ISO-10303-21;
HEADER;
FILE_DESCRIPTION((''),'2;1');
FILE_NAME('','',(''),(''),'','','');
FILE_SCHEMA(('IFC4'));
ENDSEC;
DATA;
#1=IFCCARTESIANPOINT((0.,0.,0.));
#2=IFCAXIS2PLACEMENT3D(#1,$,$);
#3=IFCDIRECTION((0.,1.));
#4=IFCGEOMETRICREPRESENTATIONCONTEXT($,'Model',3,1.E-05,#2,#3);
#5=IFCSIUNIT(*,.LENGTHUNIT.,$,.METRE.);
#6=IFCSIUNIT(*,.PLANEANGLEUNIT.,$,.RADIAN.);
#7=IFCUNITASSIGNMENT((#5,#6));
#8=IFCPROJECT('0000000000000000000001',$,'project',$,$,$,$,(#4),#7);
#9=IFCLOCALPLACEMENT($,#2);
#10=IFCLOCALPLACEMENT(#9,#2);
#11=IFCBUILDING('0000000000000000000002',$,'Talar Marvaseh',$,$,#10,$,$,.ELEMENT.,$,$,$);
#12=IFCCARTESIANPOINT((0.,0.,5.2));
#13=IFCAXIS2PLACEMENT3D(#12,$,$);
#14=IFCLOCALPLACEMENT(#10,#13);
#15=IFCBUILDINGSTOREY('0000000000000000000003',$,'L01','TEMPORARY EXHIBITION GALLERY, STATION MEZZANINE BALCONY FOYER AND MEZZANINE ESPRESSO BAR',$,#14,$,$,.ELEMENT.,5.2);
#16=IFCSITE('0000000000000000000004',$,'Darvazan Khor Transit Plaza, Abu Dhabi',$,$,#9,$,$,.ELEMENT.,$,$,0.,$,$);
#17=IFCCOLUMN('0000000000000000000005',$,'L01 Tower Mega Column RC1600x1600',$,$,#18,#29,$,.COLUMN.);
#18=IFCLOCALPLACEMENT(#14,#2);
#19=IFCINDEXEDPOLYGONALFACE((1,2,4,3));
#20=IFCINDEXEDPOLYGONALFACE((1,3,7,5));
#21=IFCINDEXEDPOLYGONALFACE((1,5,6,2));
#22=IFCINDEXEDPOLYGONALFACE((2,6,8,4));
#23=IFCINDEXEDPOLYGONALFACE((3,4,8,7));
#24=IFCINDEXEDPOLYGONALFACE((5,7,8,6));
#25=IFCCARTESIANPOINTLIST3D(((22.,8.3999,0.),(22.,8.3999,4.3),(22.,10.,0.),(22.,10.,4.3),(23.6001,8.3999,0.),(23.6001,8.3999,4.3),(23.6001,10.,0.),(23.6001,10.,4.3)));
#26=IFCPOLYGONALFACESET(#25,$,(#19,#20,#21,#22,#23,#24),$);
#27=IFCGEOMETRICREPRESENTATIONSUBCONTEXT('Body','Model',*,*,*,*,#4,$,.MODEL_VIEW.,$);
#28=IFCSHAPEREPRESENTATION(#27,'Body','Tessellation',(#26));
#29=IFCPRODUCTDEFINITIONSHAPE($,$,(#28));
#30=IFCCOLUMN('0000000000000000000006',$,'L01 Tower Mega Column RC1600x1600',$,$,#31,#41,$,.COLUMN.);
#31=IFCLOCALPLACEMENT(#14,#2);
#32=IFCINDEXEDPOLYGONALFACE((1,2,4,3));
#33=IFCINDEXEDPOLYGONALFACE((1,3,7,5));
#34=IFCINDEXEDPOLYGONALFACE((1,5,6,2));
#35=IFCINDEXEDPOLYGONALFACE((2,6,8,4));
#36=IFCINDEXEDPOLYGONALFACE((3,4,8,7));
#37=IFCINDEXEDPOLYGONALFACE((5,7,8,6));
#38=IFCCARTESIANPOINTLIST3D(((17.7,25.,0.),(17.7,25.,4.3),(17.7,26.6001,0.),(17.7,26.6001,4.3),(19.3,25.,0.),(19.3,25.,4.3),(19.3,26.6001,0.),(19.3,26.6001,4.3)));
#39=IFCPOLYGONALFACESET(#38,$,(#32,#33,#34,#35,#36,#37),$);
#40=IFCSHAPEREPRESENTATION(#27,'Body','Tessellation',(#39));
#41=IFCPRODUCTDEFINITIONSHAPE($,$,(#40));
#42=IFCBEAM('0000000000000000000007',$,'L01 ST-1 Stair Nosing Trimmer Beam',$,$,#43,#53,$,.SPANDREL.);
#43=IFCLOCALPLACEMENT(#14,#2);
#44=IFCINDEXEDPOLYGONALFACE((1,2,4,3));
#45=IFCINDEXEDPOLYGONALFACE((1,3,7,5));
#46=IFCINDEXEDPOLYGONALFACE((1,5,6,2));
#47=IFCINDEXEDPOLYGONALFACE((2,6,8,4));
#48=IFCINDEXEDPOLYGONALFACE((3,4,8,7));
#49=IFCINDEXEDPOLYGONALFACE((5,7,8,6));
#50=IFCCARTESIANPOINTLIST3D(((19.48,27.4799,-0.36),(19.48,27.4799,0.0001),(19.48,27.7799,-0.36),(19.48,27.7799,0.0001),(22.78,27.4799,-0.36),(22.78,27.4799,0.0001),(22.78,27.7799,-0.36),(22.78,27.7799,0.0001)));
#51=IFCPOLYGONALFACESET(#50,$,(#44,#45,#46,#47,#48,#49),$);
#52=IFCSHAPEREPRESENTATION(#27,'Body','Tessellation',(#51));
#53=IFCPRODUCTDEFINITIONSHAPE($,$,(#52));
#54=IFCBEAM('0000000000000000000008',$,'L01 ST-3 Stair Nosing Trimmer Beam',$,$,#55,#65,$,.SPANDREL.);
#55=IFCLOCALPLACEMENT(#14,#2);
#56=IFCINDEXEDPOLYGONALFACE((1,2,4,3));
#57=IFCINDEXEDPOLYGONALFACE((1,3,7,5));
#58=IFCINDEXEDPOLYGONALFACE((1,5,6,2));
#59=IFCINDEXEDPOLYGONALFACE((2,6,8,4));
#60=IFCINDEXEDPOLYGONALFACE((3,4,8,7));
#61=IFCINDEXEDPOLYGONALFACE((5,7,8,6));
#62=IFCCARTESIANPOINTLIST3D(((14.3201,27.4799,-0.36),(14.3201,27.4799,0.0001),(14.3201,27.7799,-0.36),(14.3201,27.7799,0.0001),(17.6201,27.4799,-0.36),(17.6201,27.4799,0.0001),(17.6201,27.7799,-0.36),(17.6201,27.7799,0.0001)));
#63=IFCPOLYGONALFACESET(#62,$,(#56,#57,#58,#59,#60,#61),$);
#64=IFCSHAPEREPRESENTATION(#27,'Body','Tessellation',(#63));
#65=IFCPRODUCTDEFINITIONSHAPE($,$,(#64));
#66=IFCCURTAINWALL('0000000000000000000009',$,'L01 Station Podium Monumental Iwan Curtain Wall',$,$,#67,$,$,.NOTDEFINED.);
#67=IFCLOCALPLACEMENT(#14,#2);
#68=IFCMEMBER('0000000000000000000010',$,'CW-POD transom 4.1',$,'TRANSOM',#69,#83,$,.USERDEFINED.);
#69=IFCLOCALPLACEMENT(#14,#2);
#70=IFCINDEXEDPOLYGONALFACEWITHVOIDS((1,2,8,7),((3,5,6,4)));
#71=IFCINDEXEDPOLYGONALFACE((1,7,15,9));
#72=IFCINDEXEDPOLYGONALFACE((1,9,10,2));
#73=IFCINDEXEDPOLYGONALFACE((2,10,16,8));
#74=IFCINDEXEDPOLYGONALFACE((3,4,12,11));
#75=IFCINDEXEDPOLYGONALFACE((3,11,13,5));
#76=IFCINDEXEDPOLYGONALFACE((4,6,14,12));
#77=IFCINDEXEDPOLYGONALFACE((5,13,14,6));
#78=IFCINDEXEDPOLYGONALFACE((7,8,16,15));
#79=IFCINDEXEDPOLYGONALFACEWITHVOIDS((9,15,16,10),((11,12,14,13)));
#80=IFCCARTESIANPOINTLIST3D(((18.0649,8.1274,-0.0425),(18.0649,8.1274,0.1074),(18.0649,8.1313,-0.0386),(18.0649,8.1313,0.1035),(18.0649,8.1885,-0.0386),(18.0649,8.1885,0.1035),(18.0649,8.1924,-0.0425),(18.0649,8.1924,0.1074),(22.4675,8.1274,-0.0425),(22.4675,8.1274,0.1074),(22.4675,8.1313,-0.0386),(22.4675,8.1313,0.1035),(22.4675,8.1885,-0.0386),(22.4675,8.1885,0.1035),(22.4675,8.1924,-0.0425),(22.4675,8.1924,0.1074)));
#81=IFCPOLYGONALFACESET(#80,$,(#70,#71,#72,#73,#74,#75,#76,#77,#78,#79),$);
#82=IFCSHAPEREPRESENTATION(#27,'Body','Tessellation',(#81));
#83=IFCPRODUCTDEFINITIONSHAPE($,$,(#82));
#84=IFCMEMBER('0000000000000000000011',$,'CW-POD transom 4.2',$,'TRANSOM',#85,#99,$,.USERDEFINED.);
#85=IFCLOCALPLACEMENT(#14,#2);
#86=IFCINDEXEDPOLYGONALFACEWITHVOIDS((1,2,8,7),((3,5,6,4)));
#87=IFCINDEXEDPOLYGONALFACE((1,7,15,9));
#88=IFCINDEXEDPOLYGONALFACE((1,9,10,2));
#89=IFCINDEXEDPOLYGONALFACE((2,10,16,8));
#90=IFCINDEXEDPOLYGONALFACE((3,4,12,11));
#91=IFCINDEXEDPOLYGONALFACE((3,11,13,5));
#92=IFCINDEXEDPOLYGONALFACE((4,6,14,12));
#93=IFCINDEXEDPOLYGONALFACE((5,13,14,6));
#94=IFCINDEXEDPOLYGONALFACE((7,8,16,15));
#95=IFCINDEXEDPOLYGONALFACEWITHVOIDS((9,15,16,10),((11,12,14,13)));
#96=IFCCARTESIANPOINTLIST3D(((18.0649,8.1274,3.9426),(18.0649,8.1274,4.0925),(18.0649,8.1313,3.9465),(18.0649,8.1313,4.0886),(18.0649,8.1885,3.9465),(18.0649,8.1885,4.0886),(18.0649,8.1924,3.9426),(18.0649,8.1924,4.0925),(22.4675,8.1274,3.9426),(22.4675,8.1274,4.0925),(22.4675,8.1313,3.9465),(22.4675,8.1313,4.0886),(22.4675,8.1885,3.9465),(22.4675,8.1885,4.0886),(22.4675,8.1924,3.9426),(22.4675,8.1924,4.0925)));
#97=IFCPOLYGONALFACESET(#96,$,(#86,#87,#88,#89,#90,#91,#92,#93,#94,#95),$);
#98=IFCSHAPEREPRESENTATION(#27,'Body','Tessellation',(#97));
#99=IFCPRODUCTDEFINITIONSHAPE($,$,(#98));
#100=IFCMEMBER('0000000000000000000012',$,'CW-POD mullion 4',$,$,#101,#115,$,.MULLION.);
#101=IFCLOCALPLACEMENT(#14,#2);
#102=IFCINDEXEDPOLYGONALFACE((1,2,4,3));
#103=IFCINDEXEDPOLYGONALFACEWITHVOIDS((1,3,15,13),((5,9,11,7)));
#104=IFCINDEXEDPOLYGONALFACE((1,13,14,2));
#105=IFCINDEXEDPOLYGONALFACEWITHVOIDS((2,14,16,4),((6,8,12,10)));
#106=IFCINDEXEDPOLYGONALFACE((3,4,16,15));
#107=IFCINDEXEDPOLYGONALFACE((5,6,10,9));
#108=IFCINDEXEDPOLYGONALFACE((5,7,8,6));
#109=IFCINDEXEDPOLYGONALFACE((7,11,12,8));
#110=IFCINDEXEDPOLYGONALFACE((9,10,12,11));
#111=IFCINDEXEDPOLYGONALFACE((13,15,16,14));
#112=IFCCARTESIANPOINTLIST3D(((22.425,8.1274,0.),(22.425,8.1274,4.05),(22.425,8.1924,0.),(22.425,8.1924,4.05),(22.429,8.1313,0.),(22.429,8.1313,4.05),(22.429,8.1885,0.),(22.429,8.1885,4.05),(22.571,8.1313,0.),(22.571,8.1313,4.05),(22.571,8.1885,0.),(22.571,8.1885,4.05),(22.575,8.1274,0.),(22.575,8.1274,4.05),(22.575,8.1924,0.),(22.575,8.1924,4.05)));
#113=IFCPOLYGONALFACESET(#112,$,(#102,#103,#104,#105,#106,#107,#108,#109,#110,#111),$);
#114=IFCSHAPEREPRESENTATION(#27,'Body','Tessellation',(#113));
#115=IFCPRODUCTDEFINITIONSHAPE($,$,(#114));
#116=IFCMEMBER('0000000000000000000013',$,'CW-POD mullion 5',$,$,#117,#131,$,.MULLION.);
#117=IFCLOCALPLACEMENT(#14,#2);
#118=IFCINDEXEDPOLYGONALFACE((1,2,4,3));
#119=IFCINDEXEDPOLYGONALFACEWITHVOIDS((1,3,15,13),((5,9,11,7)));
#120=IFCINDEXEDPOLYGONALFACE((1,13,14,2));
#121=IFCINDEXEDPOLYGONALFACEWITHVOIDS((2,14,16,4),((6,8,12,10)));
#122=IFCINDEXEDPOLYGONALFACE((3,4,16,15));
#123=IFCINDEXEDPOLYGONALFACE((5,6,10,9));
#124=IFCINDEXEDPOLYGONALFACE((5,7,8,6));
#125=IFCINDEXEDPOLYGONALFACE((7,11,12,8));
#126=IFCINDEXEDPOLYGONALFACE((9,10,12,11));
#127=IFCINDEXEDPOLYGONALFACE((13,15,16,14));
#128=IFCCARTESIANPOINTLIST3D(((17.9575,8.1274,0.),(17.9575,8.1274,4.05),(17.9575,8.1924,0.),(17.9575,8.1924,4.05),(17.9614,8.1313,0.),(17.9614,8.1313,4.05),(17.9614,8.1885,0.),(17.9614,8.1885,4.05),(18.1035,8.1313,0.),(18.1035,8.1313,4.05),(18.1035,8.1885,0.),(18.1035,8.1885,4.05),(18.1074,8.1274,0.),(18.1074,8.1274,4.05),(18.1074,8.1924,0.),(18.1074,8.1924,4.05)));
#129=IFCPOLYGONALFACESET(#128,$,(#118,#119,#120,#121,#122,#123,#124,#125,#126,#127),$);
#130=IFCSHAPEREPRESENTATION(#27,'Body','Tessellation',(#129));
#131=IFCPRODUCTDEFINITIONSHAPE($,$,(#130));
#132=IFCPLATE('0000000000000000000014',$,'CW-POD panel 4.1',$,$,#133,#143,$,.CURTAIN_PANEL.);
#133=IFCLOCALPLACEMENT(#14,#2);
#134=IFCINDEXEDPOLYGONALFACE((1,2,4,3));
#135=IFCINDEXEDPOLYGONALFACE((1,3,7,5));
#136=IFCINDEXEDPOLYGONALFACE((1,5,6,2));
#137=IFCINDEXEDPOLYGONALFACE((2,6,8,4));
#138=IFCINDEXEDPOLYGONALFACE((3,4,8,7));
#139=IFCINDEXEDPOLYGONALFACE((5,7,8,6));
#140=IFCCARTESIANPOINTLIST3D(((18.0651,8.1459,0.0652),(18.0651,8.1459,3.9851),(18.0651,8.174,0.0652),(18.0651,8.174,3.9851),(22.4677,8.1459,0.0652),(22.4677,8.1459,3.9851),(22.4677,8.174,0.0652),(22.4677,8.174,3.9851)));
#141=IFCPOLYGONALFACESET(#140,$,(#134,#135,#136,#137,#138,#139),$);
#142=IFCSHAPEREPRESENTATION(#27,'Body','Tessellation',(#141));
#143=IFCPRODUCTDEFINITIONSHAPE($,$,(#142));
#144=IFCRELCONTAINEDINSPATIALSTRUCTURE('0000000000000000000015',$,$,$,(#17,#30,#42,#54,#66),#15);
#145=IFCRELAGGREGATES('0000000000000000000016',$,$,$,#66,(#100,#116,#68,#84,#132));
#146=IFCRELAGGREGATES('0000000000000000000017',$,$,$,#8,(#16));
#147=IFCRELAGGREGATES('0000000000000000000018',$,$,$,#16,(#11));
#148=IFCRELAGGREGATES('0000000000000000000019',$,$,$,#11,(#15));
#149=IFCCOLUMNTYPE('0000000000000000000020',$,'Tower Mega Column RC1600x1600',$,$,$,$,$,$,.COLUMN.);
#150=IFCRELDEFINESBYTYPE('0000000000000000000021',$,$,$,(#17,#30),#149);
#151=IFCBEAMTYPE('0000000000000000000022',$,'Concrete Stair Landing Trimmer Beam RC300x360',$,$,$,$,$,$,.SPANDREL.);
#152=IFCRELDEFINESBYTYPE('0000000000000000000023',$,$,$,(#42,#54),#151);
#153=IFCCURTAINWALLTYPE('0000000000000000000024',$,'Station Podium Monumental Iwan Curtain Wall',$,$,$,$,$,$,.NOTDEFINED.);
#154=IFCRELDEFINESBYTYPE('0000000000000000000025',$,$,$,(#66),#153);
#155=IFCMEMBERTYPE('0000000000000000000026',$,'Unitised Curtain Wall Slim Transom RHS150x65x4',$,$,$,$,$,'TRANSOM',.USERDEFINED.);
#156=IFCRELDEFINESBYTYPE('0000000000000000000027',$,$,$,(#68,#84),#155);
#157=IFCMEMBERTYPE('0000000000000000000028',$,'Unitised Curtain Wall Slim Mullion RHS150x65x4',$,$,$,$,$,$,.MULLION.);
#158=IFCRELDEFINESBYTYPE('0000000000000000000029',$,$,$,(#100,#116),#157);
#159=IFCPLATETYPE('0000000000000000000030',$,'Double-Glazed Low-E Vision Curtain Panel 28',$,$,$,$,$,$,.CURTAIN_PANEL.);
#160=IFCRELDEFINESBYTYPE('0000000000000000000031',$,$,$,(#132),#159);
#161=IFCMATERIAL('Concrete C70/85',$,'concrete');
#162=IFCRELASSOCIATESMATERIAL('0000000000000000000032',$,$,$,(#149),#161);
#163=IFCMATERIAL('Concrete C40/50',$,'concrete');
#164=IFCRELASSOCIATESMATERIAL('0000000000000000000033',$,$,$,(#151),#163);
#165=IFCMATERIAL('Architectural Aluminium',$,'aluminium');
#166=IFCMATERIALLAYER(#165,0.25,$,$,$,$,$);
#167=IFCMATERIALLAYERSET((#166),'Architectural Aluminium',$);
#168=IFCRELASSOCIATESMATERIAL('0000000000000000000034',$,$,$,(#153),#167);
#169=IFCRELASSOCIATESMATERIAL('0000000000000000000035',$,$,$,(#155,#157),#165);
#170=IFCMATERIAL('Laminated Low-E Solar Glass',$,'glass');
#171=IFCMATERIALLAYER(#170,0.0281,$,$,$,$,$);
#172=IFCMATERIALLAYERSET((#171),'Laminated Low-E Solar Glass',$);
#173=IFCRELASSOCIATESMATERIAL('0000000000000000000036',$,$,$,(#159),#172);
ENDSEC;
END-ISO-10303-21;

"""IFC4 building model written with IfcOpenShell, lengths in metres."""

from ifc_helpers import new_model, si_unit, direction, frame, origin, origin_2d, place, context, subcontext, project, spatial, rectangle, hollow_rectangle, extrude, source, transform, mapped, material, layer, layer_set, material_profile, profile_set, type_object, type_shapes, element, aggregate, save


model = new_model("IFC4")

# Units and contexts
model_context = context("Model", 3, precision=1e-05, world=origin(), true_north=direction((0.0, 1.0)))
body_context = subcontext(model_context, "Body", "Model", "MODEL_VIEW")
ifc_project = project(units=[si_unit("LENGTHUNIT", "METRE"), si_unit("PLANEANGLEUNIT", "RADIAN")], contexts=[model_context])

# Site, building, storey
site_placement = place(None, origin())
site = spatial("IfcSite", under=ifc_project, at=site_placement, Name="Darvazan Khor Transit Plaza, Abu Dhabi", CompositionType="ELEMENT", RefElevation=0.0)
building_placement = place(site_placement, origin())
building = spatial("IfcBuilding", under=site, at=building_placement, Name="Talar Marvaseh", CompositionType="ELEMENT")
storey_placement = place(building_placement, frame((0.0, 0.0, 5.2)))
storey = spatial("IfcBuildingStorey", under=building, at=storey_placement, Name="L01", Description="TEMPORARY EXHIBITION GALLERY, STATION MEZZANINE BALCONY FOYER AND MEZZANINE ESPRESSO BAR", CompositionType="ELEMENT", Elevation=5.2)

# Columns
ifc_material_1 = material(Name="Concrete C70/85", Category="concrete")
ifc_material_profile_1 = material_profile(ifc_material_1, rectangle(XDim=1.6001, YDim=1.6001, at=origin_2d()), Name="RC1600x1600")
ifc_profile_set_1 = profile_set([ifc_material_profile_1], Name="Concrete C70/85")
column_type = type_object("IfcColumnType", Name="Tower Mega Column RC1600x1600", PredefinedType="COLUMN", material=ifc_profile_set_1)
for number, where, z_axis, x_axis, name in (
    (1, (22.8, 9.2, 0.0), (0.0, 0.0, 1.0), (1.0, 0.0, 0.0), "L01 Tower Mega Column RC1600x1600"),
    (2, (18.5, 25.8, 0.0), (0.0, 0.0, 1.0), (1.0, 0.0, 0.0), "L01 Tower Mega Column RC1600x1600"),
):
    element("IfcColumn", number, at=place(storey_placement, frame(where, z_axis=z_axis, x_axis=x_axis)), inside=storey, type_object=column_type, Name=name, PredefinedType="COLUMN", context=body_context, shape_type="SweptSolid", body=[
        extrude(rectangle(XDim=1.6001, YDim=1.6001, at=origin_2d()), origin(), (0.0, 0.0, 1.0), 4.3),
    ])

# Beams
ifc_material_2 = material(Name="Concrete C40/50", Category="concrete")
ifc_material_profile_2 = material_profile(ifc_material_2, rectangle(XDim=0.3, YDim=0.3601, at=origin_2d()), Name="RC300x360")
ifc_profile_set_2 = profile_set([ifc_material_profile_2], Name="Concrete C40/50")
beam_type = type_object("IfcBeamType", Name="Concrete Stair Landing Trimmer Beam RC300x360", PredefinedType="SPANDREL", material=ifc_profile_set_2)
for number, where, z_axis, x_axis, name in (
    (3, (22.78, 27.6299, -0.1799), (-1.0, 0.0, 0.0), (0.0, -1.0, 0.0), "L01 ST-1 Stair Nosing Trimmer Beam"),
    (4, (17.6201, 27.6299, -0.1799), (-1.0, 0.0, 0.0), (0.0, -1.0, 0.0), "L01 ST-3 Stair Nosing Trimmer Beam"),
):
    element("IfcBeam", number, at=place(storey_placement, frame(where, z_axis=z_axis, x_axis=x_axis)), inside=storey, type_object=beam_type, Name=name, PredefinedType="SPANDREL", context=body_context, shape_type="SweptSolid", body=[
        extrude(rectangle(XDim=0.3, YDim=0.3601, at=origin_2d()), origin(), (0.0, 0.0, 1.0), 3.3),
    ])

# Curtain wall, members, plate
ifc_material_3 = material(Name="Architectural Aluminium", Category="aluminium")
ifc_layer_1 = layer(ifc_material_3, 0.25)
ifc_layer_set_1 = layer_set([ifc_layer_1], Name="Architectural Aluminium")
curtain_wall_type = type_object("IfcCurtainWallType", Name="Station Podium Monumental Iwan Curtain Wall", PredefinedType="NOTDEFINED", material=ifc_layer_set_1)
curtain_wall_placement = place(storey_placement, origin())
curtain_wall = element("IfcCurtainWall", 5, at=curtain_wall_placement, inside=storey, type_object=curtain_wall_type, Name="L01 Station Podium Monumental Iwan Curtain Wall", PredefinedType="NOTDEFINED")
ifc_material_profile_3 = material_profile(ifc_material_3, hollow_rectangle(XDim=0.0649, YDim=0.1499, WallThickness=0.0039, at=origin_2d()), Name="RHS150x65x4")
ifc_profile_set_3 = profile_set([ifc_material_profile_3], Name="Architectural Aluminium")
member_type_1 = type_object("IfcMemberType", Name="Unitised Curtain Wall Slim Transom RHS150x65x4", ElementType="TRANSOM", PredefinedType="USERDEFINED", material=ifc_profile_set_3)
shared_shape_1 = source(origin(), body_context, "Body", "SweptSolid", [
    extrude(hollow_rectangle(XDim=0.0649, YDim=0.1499, WallThickness=0.0039, at=origin_2d()), origin(), (0.0, 0.0, 1.0), 4.4026),
])
type_shapes(member_type_1, [shared_shape_1])
member_1_placement = place(storey_placement, frame((22.4675, 8.1599, 0.0325), z_axis=(-1.0, 0.0, 0.0), x_axis=(0.0, -1.0, 0.0)))
member_1 = element("IfcMember", 6, at=member_1_placement, type_object=member_type_1, Name="CW-POD transom 4.1", ObjectType="TRANSOM", PredefinedType="USERDEFINED", context=body_context, shape_type="MappedRepresentation", body=[
    mapped(shared_shape_1, transform((0.0, 0.0, 0.0), x_axis=(1.0, 0.0, 0.0), y_axis=(0.0, 1.0, 0.0), z_axis=(0.0, 0.0, 1.0), scale=1.0)),
])
member_2_placement = place(storey_placement, frame((22.4675, 8.1599, 4.0176), z_axis=(-1.0, 0.0, 0.0), x_axis=(0.0, -1.0, 0.0)))
member_2 = element("IfcMember", 7, at=member_2_placement, type_object=member_type_1, Name="CW-POD transom 4.2", ObjectType="TRANSOM", PredefinedType="USERDEFINED", context=body_context, shape_type="MappedRepresentation", body=[
    mapped(shared_shape_1, transform((0.0, 0.0, 0.0), x_axis=(1.0, 0.0, 0.0), y_axis=(0.0, 1.0, 0.0), z_axis=(0.0, 0.0, 1.0), scale=1.0)),
])
ifc_material_profile_4 = material_profile(ifc_material_3, hollow_rectangle(XDim=0.0649, YDim=0.1499, WallThickness=0.0039, at=origin_2d()), Name="RHS150x65x4")
ifc_profile_set_4 = profile_set([ifc_material_profile_4], Name="Architectural Aluminium")
member_type_2 = type_object("IfcMemberType", Name="Unitised Curtain Wall Slim Mullion RHS150x65x4", PredefinedType="MULLION", material=ifc_profile_set_4)
shared_shape_2 = source(origin(), body_context, "Body", "SweptSolid", [
    extrude(hollow_rectangle(XDim=0.0649, YDim=0.1499, WallThickness=0.0039, at=origin_2d()), origin(), (0.0, 0.0, 1.0), 4.05),
])
type_shapes(member_type_2, [shared_shape_2])
member_3_placement = place(storey_placement, frame((22.5, 8.1599, 0.0), z_axis=(0.0, 0.0, 1.0), x_axis=(0.0, -1.0, 0.0)))
member_3 = element("IfcMember", 8, at=member_3_placement, type_object=member_type_2, Name="CW-POD mullion 4", PredefinedType="MULLION", context=body_context, shape_type="MappedRepresentation", body=[
    mapped(shared_shape_2, transform((0.0, 0.0, 0.0), x_axis=(1.0, 0.0, 0.0), y_axis=(0.0, 1.0, 0.0), z_axis=(0.0, 0.0, 1.0), scale=1.0)),
])
member_4_placement = place(storey_placement, frame((18.0325, 8.1599, 0.0), z_axis=(0.0, 0.0, 1.0), x_axis=(0.0, -1.0, 0.0)))
member_4 = element("IfcMember", 9, at=member_4_placement, type_object=member_type_2, Name="CW-POD mullion 5", PredefinedType="MULLION", context=body_context, shape_type="MappedRepresentation", body=[
    mapped(shared_shape_2, transform((0.0, 0.0, 0.0), x_axis=(1.0, 0.0, 0.0), y_axis=(0.0, 1.0, 0.0), z_axis=(0.0, 0.0, 1.0), scale=1.0)),
])
ifc_material_4 = material(Name="Laminated Low-E Solar Glass", Category="glass")
ifc_layer_2 = layer(ifc_material_4, 0.0281)
ifc_layer_set_2 = layer_set([ifc_layer_2], Name="Laminated Low-E Solar Glass")
plate_type = type_object("IfcPlateType", Name="Double-Glazed Low-E Vision Curtain Panel 28", PredefinedType="CURTAIN_PANEL", material=ifc_layer_set_2)
shared_shape_3 = source(origin(), body_context, "Body", "SweptSolid", [
    extrude(rectangle(XDim=4.4026, YDim=0.0281, at=origin_2d()), origin(), (0.0, 0.0, 1.0), 3.9199),
])
type_shapes(plate_type, [shared_shape_3])
plate_placement = place(storey_placement, frame((20.2664, 8.1599, 0.0652), z_axis=(0.0, 0.0, 1.0), x_axis=(-1.0, 0.0, 0.0)))
plate = element("IfcPlate", 10, at=plate_placement, type_object=plate_type, Name="CW-POD panel 4.1", PredefinedType="CURTAIN_PANEL", context=body_context, shape_type="MappedRepresentation", body=[
    mapped(shared_shape_3, transform((0.0, 0.0, 0.0), x_axis=(1.0, 0.0, 0.0), y_axis=(0.0, 1.0, 0.0), z_axis=(0.0, 0.0, 1.0), scale=1.0)),
])
aggregate(curtain_wall, [member_3, member_4, member_1, member_2, plate])

save(model, "model.ifc")
